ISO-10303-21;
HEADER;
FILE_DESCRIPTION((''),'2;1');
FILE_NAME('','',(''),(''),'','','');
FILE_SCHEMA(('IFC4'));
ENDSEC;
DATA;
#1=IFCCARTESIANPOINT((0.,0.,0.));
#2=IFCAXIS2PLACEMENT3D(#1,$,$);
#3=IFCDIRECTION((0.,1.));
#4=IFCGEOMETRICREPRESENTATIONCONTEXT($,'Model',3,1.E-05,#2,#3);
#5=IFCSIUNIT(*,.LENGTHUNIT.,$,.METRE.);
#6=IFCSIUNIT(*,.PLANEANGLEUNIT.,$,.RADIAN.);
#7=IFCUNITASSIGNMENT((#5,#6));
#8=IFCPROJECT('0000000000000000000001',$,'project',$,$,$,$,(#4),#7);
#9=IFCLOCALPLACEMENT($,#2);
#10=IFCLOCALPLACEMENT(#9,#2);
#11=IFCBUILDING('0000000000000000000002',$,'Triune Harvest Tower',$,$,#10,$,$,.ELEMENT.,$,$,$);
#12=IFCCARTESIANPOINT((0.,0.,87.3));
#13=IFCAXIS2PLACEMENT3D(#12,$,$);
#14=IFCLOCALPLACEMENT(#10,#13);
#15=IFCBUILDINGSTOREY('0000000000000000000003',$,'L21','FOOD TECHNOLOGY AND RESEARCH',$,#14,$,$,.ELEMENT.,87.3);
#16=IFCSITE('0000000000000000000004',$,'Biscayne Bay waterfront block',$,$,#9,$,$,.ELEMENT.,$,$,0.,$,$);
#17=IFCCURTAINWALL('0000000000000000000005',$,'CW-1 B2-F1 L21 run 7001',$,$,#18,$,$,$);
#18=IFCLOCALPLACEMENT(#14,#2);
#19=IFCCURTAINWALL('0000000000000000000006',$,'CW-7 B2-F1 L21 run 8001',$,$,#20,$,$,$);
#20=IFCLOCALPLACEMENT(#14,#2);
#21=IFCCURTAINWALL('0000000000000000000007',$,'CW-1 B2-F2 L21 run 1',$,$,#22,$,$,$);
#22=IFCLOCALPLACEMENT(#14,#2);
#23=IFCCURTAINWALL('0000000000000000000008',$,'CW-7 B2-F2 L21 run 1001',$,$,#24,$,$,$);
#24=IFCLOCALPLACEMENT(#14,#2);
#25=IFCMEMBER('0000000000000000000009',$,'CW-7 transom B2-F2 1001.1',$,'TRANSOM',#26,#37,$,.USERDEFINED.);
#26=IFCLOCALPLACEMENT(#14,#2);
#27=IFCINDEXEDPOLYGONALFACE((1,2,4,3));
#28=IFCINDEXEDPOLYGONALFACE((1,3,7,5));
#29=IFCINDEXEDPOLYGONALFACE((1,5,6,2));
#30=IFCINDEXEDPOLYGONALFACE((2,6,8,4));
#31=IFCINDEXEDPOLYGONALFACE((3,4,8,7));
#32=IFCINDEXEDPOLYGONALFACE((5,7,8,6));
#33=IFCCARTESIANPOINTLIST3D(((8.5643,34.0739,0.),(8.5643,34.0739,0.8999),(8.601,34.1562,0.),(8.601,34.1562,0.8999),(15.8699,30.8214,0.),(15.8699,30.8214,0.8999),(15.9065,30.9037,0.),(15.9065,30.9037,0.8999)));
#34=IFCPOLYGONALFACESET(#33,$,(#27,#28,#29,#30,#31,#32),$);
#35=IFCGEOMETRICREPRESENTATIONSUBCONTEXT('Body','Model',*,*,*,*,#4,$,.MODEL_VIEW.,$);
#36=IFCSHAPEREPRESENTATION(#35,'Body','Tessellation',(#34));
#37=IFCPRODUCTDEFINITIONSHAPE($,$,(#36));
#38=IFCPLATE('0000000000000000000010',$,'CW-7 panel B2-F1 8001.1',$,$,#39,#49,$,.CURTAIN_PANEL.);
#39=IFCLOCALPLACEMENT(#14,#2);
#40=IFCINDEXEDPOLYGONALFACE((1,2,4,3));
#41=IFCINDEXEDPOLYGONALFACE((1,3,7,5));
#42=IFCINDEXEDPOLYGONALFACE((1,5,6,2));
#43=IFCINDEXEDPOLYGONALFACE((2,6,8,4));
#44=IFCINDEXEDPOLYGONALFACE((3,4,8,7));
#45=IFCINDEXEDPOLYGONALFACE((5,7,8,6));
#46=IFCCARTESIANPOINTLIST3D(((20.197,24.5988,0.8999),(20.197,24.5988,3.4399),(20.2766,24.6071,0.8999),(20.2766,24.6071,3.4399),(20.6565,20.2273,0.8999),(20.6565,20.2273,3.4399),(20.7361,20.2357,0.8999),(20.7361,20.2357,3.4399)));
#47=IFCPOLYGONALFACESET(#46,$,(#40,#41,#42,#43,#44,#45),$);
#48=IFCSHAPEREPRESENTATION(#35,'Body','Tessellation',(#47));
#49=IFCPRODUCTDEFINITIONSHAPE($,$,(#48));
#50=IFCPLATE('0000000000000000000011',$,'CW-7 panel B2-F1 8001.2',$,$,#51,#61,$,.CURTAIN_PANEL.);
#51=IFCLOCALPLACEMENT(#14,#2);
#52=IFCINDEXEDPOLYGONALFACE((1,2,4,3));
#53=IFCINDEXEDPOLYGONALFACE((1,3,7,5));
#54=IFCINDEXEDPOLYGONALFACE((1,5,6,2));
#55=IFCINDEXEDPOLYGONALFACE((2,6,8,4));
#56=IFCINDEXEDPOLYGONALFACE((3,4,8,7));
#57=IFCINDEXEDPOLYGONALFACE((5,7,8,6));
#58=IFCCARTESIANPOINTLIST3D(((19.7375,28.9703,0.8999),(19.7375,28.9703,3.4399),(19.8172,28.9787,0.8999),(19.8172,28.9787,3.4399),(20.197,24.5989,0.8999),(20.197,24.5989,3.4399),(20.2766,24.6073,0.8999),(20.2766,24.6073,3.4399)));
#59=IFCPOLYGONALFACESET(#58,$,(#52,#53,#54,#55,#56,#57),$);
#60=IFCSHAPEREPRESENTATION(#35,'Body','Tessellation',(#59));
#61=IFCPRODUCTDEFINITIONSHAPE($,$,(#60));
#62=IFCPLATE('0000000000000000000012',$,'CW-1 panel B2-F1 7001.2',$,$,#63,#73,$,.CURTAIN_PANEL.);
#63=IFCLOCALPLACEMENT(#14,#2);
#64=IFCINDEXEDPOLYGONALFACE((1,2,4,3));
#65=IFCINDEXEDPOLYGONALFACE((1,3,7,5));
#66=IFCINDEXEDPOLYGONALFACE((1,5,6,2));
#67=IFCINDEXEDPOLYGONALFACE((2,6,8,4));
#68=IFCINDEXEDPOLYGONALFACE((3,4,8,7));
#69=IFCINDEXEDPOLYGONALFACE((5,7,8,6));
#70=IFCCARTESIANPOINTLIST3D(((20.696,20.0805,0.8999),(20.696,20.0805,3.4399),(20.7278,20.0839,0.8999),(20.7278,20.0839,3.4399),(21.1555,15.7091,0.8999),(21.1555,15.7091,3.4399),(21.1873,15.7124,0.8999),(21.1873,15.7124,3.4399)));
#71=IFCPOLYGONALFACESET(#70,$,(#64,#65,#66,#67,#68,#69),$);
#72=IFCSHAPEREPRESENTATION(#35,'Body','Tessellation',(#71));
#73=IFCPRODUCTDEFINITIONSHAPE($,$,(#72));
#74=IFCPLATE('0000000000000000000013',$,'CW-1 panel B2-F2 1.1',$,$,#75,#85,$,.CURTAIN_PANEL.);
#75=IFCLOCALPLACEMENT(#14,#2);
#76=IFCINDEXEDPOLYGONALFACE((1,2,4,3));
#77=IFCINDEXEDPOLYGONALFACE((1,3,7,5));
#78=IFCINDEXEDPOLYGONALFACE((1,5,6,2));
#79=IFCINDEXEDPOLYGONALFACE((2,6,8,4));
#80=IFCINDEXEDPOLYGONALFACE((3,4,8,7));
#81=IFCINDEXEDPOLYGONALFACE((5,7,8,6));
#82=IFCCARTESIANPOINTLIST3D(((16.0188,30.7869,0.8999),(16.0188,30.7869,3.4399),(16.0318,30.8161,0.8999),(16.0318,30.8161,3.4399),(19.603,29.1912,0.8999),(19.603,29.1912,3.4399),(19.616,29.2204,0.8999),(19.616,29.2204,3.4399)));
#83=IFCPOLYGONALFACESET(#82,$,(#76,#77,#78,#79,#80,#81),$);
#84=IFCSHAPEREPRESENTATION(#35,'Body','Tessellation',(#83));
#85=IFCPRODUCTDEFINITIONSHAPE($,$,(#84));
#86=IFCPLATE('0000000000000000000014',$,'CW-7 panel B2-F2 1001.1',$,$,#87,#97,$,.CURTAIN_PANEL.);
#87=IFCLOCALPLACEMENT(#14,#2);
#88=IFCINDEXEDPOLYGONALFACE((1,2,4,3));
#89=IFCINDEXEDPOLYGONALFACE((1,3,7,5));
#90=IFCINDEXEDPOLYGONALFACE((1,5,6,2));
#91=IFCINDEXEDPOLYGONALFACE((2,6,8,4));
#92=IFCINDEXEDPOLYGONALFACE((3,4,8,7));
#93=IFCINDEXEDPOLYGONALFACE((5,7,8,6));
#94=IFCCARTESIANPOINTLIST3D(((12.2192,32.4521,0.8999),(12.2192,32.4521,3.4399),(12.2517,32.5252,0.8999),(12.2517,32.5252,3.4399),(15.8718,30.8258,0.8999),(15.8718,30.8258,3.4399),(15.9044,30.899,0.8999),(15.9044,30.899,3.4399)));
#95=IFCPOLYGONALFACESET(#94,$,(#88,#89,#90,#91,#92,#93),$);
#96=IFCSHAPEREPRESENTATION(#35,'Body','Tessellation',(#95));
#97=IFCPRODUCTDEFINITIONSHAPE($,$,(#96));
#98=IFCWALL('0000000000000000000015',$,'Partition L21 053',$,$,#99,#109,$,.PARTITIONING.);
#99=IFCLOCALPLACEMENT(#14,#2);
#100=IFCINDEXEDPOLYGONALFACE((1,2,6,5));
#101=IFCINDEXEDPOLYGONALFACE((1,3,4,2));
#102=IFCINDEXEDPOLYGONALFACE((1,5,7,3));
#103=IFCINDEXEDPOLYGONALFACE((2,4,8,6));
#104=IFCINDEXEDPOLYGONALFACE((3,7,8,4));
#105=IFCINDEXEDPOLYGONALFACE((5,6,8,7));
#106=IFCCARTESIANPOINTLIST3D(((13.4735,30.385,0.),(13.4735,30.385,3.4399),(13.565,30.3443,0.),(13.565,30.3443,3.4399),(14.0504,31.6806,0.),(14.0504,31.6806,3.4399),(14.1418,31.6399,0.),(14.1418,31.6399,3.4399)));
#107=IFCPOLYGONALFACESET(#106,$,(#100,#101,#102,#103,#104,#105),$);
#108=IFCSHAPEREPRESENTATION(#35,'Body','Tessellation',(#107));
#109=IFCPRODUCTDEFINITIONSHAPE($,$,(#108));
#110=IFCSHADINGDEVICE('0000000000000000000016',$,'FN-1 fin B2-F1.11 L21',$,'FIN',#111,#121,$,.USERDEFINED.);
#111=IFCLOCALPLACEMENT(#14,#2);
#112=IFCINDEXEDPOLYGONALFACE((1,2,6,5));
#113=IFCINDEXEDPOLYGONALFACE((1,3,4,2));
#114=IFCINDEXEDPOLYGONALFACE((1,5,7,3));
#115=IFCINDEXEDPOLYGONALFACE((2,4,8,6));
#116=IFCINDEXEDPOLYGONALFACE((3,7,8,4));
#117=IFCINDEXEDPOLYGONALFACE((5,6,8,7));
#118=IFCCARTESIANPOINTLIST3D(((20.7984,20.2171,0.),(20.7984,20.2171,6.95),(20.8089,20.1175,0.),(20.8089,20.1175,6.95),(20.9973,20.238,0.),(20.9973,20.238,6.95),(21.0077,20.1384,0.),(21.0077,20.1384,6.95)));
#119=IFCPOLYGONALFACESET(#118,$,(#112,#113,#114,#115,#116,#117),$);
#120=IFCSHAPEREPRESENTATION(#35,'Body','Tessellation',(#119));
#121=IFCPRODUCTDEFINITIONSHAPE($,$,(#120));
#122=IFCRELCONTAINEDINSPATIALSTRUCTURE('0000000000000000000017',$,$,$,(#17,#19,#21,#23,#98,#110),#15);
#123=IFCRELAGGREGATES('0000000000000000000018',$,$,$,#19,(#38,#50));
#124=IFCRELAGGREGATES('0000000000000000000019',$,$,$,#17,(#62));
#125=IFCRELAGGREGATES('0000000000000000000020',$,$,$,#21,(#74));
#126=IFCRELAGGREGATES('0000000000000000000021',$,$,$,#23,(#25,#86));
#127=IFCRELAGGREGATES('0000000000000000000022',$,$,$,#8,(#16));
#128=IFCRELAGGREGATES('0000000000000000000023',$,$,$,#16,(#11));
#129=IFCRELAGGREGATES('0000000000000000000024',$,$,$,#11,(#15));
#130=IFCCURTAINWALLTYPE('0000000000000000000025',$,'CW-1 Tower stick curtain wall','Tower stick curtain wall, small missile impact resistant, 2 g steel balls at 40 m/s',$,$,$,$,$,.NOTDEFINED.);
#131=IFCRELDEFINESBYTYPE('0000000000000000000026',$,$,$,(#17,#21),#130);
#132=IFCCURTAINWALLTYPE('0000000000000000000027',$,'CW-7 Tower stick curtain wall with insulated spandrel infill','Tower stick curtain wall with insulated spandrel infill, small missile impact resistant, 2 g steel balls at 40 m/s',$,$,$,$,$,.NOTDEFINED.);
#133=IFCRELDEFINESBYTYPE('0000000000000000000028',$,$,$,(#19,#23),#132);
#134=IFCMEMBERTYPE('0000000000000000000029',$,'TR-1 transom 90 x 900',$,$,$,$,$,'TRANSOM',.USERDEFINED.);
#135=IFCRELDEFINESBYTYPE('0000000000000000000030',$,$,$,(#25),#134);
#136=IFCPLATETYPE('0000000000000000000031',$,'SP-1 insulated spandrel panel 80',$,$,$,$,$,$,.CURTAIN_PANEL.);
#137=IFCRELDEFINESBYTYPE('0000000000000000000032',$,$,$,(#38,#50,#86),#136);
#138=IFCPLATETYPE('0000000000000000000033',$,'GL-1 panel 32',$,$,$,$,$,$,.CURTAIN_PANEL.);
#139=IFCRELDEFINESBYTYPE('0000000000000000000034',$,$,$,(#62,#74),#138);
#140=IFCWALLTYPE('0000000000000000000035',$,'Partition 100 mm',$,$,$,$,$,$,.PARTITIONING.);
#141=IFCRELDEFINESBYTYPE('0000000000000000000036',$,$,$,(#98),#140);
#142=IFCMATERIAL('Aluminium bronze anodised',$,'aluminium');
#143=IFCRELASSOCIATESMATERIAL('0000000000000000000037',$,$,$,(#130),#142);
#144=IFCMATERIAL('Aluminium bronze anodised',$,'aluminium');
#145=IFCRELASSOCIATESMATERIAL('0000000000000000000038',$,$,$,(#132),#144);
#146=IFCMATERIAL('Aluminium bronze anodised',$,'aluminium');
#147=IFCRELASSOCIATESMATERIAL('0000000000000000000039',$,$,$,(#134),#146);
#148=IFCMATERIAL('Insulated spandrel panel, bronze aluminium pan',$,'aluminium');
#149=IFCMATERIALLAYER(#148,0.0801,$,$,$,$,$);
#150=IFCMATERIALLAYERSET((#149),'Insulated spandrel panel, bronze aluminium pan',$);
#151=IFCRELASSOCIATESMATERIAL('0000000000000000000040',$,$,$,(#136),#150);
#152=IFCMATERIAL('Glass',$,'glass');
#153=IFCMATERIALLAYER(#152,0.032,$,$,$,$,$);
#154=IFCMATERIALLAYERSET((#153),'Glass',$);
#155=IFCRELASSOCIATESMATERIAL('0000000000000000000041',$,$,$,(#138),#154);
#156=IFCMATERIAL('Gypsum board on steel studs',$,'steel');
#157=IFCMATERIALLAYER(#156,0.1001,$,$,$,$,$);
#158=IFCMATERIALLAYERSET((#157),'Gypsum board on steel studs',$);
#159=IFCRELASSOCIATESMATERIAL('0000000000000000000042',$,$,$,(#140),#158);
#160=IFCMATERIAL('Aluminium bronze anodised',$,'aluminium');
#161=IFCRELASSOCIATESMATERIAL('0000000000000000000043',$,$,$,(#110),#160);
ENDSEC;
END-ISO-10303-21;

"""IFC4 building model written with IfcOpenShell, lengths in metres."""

from ifc_helpers import new_model, si_unit, direction, frame, frame_2d, origin, origin_2d, place, context, subcontext, project, spatial, rectangle, extrude, source, transform, mapped, material, layer, layer_set, material_profile, profile_set, type_object, element, aggregate, save


model = new_model("IFC4")

# Units and contexts
model_context = context("Model", 3, precision=1e-05, world=origin(), true_north=direction((0.0, 1.0)))
body_context = subcontext(model_context, "Body", "Model", "MODEL_VIEW")
ifc_project = project(units=[si_unit("LENGTHUNIT", "METRE"), si_unit("PLANEANGLEUNIT", "RADIAN")], contexts=[model_context])

# Site, building, storey
site_placement = place(None, origin())
site = spatial("IfcSite", under=ifc_project, at=site_placement, Name="Biscayne Bay waterfront block", CompositionType="ELEMENT", RefElevation=0.0)
building_placement = place(site_placement, origin())
building = spatial("IfcBuilding", under=site, at=building_placement, Name="Triune Harvest Tower", CompositionType="ELEMENT")
storey_placement = place(building_placement, frame((0.0, 0.0, 87.3)))
storey = spatial("IfcBuildingStorey", under=building, at=storey_placement, Name="L21", Description="FOOD TECHNOLOGY AND RESEARCH", CompositionType="ELEMENT", Elevation=87.3)

# Curtain wall
ifc_material_1 = material(Name="Aluminium bronze anodised", Category="aluminium")
curtain_wall_type_1 = type_object("IfcCurtainWallType", Name="CW-1 Tower stick curtain wall", Description="Tower stick curtain wall, small missile impact resistant, 2 g steel balls at 40 m/s", PredefinedType="NOTDEFINED", material=ifc_material_1)
curtain_wall_1_placement = place(storey_placement, origin())
curtain_wall_1 = element("IfcCurtainWall", 1, at=curtain_wall_1_placement, inside=storey, type_object=curtain_wall_type_1, Name="CW-1 B2-F1 L21 run 7001")

# Curtain walls
ifc_material_2 = material(Name="Aluminium bronze anodised", Category="aluminium")
curtain_wall_type_2 = type_object("IfcCurtainWallType", Name="CW-7 Tower stick curtain wall with insulated spandrel infill", Description="Tower stick curtain wall with insulated spandrel infill, small missile impact resistant, 2 g steel balls at 40 m/s", PredefinedType="NOTDEFINED", material=ifc_material_2)
curtain_wall_2_placement = place(storey_placement, origin())
curtain_wall_2 = element("IfcCurtainWall", 2, at=curtain_wall_2_placement, inside=storey, type_object=curtain_wall_type_2, Name="CW-7 B2-F1 L21 run 8001")
curtain_wall_3_placement = place(storey_placement, origin())
curtain_wall_3 = element("IfcCurtainWall", 3, at=curtain_wall_3_placement, inside=storey, type_object=curtain_wall_type_1, Name="CW-1 B2-F2 L21 run 1")

# Curtain wall
curtain_wall_4_placement = place(storey_placement, origin())
curtain_wall_4 = element("IfcCurtainWall", 4, at=curtain_wall_4_placement, inside=storey, type_object=curtain_wall_type_2, Name="CW-7 B2-F2 L21 run 1001")

# Member
ifc_material_3 = material(Name="Aluminium bronze anodised", Category="aluminium")
ifc_material_profile_1 = material_profile(ifc_material_3, rectangle(XDim=0.0901, YDim=0.8999, at=origin_2d()), Name="TR-1 transom 90 x 900")
ifc_profile_set_1 = profile_set([ifc_material_profile_1], Name="Aluminium bronze anodised")
member_type_1 = type_object("IfcMemberType", Name="TR-1 transom 90 x 900", ElementType="TRANSOM", PredefinedType="USERDEFINED", material=ifc_profile_set_1)
shared_shape_1 = source(origin(), body_context, "Body", "SweptSolid", [
    extrude(rectangle(XDim=0.0901, YDim=0.8999, at=origin_2d()), origin(), (0.0, 0.0, 1.0), 7.9968),
])
member_1_placement = place(storey_placement, frame((15.8882, 30.8625, 0.45), z_axis=(-0.913552, 0.406722, 0.0), x_axis=(-0.406722, -0.913552, 0.0)))
member_1 = element("IfcMember", 5, at=member_1_placement, type_object=member_type_1, Name="CW-7 transom B2-F2 1001.1", ObjectType="TRANSOM", PredefinedType="USERDEFINED", context=body_context, shape_type="MappedRepresentation", body=[
    mapped(shared_shape_1, transform((0.0, 0.0, 0.0), scale=1.0)),
])

# Plates
ifc_material_4 = material(Name="Insulated spandrel panel, bronze aluminium pan", Category="aluminium")
ifc_layer_1 = layer(ifc_material_4, 0.0801)
ifc_layer_set_1 = layer_set([ifc_layer_1], Name="Insulated spandrel panel, bronze aluminium pan")
plate_type_1 = type_object("IfcPlateType", Name="SP-1 insulated spandrel panel 80", PredefinedType="CURTAIN_PANEL", material=ifc_layer_set_1)
shared_shape_2 = source(origin(), body_context, "Body", "SweptSolid", [
    extrude(rectangle(XDim=4.3955, YDim=0.0801, at=origin_2d()), origin(), (0.0, 0.0, 1.0), 2.54),
])
plate_1_placement = place(storey_placement, frame((20.4666, 22.4172, 0.8999), z_axis=(0.0, 0.0, 1.0), x_axis=(-0.104527, 0.994522, 0.0)))
plate_1 = element("IfcPlate", 6, at=plate_1_placement, type_object=plate_type_1, Name="CW-7 panel B2-F1 8001.1", PredefinedType="CURTAIN_PANEL", context=body_context, shape_type="MappedRepresentation", body=[
    mapped(shared_shape_2, transform((0.0, 0.0, 0.0), scale=1.0)),
])
plate_2_placement = place(storey_placement, frame((20.0071, 26.7888, 0.8999), z_axis=(0.0, 0.0, 1.0), x_axis=(-0.104527, 0.994522, 0.0)))
plate_2 = element("IfcPlate", 7, at=plate_2_placement, type_object=plate_type_1, Name="CW-7 panel B2-F1 8001.2", PredefinedType="CURTAIN_PANEL", context=body_context, shape_type="MappedRepresentation", body=[
    mapped(shared_shape_2, transform((0.0, 0.0, 0.0), scale=1.0)),
])
aggregate(curtain_wall_2, [plate_1, plate_2])
ifc_material_5 = material(Name="Glass", Category="glass")
ifc_layer_2 = layer(ifc_material_5, 0.032)
ifc_layer_set_2 = layer_set([ifc_layer_2], Name="Glass")
plate_type_2 = type_object("IfcPlateType", Name="GL-1 panel 32", PredefinedType="CURTAIN_PANEL", material=ifc_layer_set_2)
shared_shape_3 = source(origin(), body_context, "Body", "SweptSolid", [
    extrude(rectangle(XDim=4.3955, YDim=0.032, at=origin_2d()), origin(), (0.0, 0.0, 1.0), 2.54),
])
plate_3_placement = place(storey_placement, frame((20.9417, 17.8965, 0.8999), z_axis=(0.0, 0.0, 1.0), x_axis=(-0.104528, 0.994522, 0.0)))
plate_3 = element("IfcPlate", 8, at=plate_3_placement, type_object=plate_type_2, Name="CW-1 panel B2-F1 7001.2", PredefinedType="CURTAIN_PANEL", context=body_context, shape_type="MappedRepresentation", body=[
    mapped(shared_shape_3, transform((0.0, 0.0, 0.0), scale=1.0)),
])
aggregate(curtain_wall_1, [plate_3])
shared_shape_4 = source(origin(), body_context, "Body", "SweptSolid", [
    extrude(rectangle(XDim=3.9233, YDim=0.032, at=origin_2d()), origin(), (0.0, 0.0, 1.0), 2.54),
])
plate_4_placement = place(storey_placement, frame((17.8174, 30.0037, 0.8999), z_axis=(0.0, 0.0, 1.0), x_axis=(-0.913548, 0.406731, 0.0)))
plate_4 = element("IfcPlate", 9, at=plate_4_placement, type_object=plate_type_2, Name="CW-1 panel B2-F2 1.1", PredefinedType="CURTAIN_PANEL", context=body_context, shape_type="MappedRepresentation", body=[
    mapped(shared_shape_4, transform((0.0, 0.0, 0.0), scale=1.0)),
])
aggregate(curtain_wall_3, [plate_4])
shared_shape_5 = source(origin(), body_context, "Body", "SweptSolid", [
    extrude(rectangle(XDim=3.9983, YDim=0.0801, at=origin_2d()), origin(), (0.0, 0.0, 1.0), 2.54),
])
plate_5_placement = place(storey_placement, frame((14.0618, 31.6755, 0.8999), z_axis=(0.0, 0.0, 1.0), x_axis=(-0.913546, 0.406735, 0.0)))
plate_5 = element("IfcPlate", 10, at=plate_5_placement, type_object=plate_type_1, Name="CW-7 panel B2-F2 1001.1", PredefinedType="CURTAIN_PANEL", context=body_context, shape_type="MappedRepresentation", body=[
    mapped(shared_shape_5, transform((0.0, 0.0, 0.0), scale=1.0)),
])
aggregate(curtain_wall_4, [member_1, plate_5])

# Wall
ifc_material_6 = material(Name="Gypsum board on steel studs", Category="steel")
ifc_layer_3 = layer(ifc_material_6, 0.1001)
ifc_layer_set_3 = layer_set([ifc_layer_3], Name="Gypsum board on steel studs")
wall_type = type_object("IfcWallType", Name="Partition 100 mm", PredefinedType="PARTITIONING", material=ifc_layer_set_3)
shared_shape_6 = source(origin(), body_context, "Body", "SweptSolid", [
    extrude(rectangle(XDim=1.4182, YDim=0.1001, at=frame_2d((0.709, 0.0))), origin(), (0.0, 0.0, 1.0), 3.4399),
])
wall_placement = place(storey_placement, frame((13.5193, 30.3647, 0.0), z_axis=(0.0, 0.0, 1.0), x_axis=(0.406761, 0.913534, 0.0)))
element("IfcWall", 11, at=wall_placement, inside=storey, type_object=wall_type, Name="Partition L21 053", PredefinedType="PARTITIONING", context=body_context, shape_type="MappedRepresentation", body=[
    mapped(shared_shape_6, transform((0.0, 0.0, 0.0), scale=1.0)),
])

# Shading device
ifc_material_7 = material(Name="Aluminium bronze anodised", Category="aluminium")
shared_shape_7 = source(origin(), body_context, "Body", "SweptSolid", [
    extrude(rectangle(XDim=0.1001, YDim=0.2, at=origin_2d()), origin(), (0.0, 0.0, 1.0), 6.95),
])
shading_device_placement = place(storey_placement, frame((20.9031, 20.1777, 0.0), z_axis=(0.0, 0.0, 1.0), x_axis=(-0.104528, 0.994522, 0.0)))
element("IfcShadingDevice", 12, at=shading_device_placement, inside=storey, material=ifc_material_7, Name="FN-1 fin B2-F1.11 L21", ObjectType="FIN", PredefinedType="USERDEFINED", context=body_context, shape_type="MappedRepresentation", body=[
    mapped(shared_shape_7, transform((0.0, 0.0, 0.0), scale=1.0)),
])

save(model, "model.ifc")
